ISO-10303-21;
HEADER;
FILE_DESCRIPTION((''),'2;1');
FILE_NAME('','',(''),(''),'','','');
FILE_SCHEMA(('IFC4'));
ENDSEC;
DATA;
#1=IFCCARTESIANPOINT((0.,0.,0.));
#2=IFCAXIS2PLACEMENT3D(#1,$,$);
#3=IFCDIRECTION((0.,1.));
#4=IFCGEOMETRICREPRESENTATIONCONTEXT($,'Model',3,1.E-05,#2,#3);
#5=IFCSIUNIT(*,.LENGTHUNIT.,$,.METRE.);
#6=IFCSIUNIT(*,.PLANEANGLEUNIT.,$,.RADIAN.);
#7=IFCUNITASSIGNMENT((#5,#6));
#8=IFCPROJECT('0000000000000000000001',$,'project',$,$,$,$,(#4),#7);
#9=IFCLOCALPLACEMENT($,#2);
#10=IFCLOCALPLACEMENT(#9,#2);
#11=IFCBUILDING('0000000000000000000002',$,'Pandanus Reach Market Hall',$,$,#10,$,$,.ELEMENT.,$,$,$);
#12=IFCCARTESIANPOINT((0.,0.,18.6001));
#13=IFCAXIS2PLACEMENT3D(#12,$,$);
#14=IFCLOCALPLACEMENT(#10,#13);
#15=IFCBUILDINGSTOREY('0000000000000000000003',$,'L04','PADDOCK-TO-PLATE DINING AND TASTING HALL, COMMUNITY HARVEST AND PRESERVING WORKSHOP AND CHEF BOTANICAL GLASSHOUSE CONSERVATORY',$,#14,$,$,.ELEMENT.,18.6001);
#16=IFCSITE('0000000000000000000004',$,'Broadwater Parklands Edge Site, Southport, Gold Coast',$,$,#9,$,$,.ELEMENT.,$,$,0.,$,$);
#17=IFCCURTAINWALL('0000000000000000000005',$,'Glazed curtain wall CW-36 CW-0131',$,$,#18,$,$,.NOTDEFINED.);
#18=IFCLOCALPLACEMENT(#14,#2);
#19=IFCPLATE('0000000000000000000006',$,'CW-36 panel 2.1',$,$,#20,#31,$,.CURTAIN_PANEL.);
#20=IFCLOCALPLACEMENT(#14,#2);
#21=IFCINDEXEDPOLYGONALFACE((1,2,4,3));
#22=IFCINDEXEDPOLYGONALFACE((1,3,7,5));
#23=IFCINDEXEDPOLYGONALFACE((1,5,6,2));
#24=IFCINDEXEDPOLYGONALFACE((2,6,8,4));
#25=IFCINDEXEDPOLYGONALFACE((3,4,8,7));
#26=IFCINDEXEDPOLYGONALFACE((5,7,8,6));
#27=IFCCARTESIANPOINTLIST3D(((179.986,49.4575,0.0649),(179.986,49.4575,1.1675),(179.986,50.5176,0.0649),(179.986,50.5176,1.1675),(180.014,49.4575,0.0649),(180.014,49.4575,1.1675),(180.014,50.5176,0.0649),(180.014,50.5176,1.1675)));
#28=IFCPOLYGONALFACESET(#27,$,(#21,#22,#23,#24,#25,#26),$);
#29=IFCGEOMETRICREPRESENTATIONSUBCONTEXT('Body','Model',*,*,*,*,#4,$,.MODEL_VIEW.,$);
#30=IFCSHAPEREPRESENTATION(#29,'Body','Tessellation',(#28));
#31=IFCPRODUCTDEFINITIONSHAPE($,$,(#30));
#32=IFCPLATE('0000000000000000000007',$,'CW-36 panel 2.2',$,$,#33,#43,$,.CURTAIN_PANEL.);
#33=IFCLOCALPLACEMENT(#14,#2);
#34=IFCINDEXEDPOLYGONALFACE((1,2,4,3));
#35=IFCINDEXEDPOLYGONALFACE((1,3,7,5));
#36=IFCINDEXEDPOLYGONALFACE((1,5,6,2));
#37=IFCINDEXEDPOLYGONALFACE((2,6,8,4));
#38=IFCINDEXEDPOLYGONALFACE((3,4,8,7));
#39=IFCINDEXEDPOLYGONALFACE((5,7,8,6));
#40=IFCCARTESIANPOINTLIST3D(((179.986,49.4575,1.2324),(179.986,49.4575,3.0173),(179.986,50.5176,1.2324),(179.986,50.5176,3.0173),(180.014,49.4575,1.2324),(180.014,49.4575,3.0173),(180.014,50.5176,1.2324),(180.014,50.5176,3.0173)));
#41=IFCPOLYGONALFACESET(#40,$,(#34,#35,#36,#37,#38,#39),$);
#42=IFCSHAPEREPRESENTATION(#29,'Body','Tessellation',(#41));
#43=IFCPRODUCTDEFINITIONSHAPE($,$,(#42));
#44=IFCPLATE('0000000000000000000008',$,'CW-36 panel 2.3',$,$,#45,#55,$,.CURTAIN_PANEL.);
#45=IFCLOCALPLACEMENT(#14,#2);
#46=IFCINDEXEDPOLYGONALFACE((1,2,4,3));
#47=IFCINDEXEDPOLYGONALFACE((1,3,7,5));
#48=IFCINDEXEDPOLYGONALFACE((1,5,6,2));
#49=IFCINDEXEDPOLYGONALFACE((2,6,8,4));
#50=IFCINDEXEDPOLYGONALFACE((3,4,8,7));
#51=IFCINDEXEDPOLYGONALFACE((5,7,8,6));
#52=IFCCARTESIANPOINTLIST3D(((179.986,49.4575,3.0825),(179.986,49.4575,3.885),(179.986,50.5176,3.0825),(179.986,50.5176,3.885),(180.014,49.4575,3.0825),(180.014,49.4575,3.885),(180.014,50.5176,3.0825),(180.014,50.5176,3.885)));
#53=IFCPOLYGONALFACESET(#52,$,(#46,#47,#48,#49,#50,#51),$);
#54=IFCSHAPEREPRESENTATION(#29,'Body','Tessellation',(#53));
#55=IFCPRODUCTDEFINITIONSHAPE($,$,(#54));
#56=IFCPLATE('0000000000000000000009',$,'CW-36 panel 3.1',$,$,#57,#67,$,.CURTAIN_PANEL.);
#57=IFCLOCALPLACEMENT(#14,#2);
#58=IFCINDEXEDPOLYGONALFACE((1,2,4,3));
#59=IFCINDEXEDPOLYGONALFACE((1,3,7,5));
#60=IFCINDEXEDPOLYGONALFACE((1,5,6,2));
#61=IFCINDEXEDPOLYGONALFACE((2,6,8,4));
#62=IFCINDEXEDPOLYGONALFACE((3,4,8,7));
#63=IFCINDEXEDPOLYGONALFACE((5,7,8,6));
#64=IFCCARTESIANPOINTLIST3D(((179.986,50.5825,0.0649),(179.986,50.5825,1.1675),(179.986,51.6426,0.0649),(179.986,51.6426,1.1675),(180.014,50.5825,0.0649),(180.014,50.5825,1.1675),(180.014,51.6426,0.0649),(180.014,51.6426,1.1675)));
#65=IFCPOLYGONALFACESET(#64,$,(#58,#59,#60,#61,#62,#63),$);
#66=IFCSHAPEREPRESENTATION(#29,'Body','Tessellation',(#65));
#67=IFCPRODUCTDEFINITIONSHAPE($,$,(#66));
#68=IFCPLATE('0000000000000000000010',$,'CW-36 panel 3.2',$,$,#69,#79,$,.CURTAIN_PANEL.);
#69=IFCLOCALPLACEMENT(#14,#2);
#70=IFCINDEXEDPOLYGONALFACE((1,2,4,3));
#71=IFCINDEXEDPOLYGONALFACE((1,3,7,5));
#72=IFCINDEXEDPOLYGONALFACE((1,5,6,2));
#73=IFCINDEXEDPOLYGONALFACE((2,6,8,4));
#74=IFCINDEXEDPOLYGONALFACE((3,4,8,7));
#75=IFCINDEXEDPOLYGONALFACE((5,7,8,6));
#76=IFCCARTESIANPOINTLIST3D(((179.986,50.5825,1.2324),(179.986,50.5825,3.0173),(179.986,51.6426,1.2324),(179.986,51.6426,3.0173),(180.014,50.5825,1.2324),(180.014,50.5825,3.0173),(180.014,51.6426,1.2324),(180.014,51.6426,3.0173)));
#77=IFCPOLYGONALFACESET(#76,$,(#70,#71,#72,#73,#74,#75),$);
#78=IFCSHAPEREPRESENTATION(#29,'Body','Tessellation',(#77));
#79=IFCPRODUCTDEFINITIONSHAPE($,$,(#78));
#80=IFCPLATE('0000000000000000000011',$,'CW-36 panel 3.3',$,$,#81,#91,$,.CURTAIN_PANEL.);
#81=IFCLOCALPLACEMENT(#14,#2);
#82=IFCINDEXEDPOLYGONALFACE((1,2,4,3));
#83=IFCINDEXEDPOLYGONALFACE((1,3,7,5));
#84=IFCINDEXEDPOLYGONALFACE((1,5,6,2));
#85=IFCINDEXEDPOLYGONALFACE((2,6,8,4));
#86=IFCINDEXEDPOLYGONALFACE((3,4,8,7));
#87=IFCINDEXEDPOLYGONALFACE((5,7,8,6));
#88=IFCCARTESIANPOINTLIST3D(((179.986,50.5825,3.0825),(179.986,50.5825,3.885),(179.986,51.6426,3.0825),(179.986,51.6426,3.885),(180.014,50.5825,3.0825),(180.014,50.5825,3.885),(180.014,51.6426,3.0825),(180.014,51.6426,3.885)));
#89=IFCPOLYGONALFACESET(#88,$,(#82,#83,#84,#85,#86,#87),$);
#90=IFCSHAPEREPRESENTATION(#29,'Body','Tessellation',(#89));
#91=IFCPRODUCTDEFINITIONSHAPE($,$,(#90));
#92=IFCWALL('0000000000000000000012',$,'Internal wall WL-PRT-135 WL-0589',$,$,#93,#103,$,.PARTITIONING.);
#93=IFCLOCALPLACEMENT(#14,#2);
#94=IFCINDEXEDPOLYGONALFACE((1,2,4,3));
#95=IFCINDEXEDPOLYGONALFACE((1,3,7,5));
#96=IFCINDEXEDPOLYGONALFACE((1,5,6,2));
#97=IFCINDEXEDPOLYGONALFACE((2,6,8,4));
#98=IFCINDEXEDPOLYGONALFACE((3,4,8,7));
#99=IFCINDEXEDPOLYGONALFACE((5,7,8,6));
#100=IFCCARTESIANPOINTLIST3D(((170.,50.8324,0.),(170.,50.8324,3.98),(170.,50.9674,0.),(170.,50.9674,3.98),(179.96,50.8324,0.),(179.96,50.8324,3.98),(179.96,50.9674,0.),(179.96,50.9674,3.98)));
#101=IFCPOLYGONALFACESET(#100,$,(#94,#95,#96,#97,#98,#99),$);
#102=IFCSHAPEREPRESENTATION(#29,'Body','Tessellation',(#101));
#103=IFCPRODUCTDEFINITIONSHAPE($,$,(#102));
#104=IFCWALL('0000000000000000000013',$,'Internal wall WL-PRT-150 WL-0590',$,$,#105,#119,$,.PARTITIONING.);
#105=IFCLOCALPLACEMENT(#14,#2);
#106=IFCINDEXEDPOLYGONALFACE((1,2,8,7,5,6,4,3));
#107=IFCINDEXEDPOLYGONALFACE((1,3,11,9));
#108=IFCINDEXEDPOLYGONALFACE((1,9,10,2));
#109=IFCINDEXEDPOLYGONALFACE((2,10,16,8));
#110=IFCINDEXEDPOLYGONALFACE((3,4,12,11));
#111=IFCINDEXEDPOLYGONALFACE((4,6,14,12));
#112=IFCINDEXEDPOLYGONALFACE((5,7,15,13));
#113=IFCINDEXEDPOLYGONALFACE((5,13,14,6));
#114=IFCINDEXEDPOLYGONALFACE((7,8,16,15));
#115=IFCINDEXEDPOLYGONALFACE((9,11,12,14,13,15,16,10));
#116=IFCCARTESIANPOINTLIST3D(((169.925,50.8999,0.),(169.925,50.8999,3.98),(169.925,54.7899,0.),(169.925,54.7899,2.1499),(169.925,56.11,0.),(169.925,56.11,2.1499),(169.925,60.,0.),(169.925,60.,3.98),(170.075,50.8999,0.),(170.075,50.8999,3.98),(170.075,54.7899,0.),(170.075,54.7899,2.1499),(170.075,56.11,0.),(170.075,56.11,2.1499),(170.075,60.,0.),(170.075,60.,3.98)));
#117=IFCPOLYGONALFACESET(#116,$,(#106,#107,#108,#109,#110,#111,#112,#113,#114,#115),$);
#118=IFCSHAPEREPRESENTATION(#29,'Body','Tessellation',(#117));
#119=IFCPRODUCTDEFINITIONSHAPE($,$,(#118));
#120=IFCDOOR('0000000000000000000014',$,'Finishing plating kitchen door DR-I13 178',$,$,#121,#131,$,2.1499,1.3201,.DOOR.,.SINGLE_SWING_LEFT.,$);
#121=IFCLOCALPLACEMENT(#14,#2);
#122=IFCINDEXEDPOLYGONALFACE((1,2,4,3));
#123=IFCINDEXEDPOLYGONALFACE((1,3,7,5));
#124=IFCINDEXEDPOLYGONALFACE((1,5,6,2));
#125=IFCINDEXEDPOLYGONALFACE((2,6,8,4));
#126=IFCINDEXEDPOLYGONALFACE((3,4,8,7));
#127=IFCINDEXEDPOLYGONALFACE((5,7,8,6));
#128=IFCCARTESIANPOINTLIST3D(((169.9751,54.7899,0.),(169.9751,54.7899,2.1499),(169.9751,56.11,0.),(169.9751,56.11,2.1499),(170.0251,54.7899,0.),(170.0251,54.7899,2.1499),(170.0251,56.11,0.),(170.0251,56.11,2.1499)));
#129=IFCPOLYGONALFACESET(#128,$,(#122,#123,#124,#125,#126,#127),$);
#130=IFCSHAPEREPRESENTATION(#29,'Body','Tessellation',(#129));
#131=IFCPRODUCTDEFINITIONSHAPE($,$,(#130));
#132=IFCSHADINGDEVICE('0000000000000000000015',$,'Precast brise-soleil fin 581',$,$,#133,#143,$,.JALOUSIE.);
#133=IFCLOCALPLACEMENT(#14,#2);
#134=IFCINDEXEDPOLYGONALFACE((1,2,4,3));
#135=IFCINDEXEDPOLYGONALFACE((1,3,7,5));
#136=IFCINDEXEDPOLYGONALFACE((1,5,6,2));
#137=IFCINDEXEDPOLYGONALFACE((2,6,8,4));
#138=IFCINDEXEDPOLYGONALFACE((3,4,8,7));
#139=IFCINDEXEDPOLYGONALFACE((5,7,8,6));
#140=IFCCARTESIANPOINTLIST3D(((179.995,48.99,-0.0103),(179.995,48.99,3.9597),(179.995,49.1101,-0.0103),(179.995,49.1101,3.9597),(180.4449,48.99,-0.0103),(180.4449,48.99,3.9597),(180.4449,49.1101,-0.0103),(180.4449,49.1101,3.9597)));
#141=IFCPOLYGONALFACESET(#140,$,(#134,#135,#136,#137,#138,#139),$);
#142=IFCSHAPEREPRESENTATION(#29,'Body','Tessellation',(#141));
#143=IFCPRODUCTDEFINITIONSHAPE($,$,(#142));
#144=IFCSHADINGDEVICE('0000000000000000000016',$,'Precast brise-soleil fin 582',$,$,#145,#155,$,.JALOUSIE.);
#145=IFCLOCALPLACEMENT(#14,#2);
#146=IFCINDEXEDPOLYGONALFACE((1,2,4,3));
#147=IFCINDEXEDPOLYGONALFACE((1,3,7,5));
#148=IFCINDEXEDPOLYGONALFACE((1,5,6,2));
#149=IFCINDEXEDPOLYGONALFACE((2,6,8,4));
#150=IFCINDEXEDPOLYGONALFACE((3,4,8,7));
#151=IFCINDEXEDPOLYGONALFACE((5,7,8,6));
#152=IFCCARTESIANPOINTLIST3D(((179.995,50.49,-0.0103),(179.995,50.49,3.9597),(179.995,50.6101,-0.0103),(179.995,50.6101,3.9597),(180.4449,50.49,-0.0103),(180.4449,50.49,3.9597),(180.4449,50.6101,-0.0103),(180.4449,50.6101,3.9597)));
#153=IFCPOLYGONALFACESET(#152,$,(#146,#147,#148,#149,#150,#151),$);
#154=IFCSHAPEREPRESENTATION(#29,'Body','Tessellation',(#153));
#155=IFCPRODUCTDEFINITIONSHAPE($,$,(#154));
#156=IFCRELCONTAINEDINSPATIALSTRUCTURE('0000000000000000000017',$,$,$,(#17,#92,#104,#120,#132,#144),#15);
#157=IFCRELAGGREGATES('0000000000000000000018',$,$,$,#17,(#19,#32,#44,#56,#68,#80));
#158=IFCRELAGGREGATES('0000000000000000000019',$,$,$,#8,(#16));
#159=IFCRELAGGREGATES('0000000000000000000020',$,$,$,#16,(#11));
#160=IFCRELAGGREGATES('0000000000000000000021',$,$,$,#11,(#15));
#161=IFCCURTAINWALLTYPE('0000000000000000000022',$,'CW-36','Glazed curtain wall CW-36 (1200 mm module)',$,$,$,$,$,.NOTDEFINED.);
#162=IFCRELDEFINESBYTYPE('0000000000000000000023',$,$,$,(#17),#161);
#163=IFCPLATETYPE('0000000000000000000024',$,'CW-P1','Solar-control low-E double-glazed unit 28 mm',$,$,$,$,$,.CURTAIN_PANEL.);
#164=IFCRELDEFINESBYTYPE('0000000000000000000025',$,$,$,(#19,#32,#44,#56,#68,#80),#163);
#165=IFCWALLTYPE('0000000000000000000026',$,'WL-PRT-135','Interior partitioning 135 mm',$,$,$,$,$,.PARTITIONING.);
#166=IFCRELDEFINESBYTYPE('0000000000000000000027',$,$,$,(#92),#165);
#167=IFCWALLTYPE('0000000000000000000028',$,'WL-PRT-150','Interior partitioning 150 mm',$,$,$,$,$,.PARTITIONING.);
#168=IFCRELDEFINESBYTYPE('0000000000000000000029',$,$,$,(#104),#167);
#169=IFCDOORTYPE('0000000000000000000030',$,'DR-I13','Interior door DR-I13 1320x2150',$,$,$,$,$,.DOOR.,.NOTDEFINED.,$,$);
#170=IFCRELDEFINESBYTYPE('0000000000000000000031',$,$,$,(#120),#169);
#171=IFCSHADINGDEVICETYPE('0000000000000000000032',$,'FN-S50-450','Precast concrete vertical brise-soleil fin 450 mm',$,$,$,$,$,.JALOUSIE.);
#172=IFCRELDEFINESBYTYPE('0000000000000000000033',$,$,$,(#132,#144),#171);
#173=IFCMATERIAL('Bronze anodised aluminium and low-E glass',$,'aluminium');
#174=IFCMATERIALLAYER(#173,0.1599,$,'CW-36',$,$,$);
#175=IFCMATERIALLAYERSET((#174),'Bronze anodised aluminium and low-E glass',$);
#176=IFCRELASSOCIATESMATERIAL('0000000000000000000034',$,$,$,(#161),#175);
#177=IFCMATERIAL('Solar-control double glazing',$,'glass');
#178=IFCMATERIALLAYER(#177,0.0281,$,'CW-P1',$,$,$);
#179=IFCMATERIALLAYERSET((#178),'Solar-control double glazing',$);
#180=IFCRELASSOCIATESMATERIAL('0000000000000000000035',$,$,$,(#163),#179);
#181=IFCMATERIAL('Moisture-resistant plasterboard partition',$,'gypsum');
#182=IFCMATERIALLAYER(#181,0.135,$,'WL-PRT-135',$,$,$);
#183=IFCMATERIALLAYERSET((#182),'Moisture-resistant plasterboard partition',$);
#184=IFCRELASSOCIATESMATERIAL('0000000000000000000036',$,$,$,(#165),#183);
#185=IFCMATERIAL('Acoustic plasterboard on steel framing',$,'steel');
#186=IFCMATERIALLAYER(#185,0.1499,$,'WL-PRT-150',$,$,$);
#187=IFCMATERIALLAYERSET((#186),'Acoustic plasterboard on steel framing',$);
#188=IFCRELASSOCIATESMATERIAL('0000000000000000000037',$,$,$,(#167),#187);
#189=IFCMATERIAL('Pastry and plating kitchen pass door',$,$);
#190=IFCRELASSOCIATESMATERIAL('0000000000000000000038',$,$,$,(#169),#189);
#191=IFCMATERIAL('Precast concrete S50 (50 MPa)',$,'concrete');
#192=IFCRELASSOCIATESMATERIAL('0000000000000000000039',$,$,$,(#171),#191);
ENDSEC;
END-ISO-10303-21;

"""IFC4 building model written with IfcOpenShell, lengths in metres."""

from ifc_helpers import new_model, si_unit, direction, frame, frame_2d, origin, origin_2d, place, context, subcontext, project, spatial, rectangle, extrude, material, layer, layer_set, type_object, element, fill, aggregate, save


model = new_model("IFC4")

# Units and contexts
model_context = context("Model", 3, precision=1e-05, world=origin(), true_north=direction((0.0, 1.0)))
body_context = subcontext(model_context, "Body", "Model", "MODEL_VIEW")
ifc_project = project(units=[si_unit("LENGTHUNIT", "METRE"), si_unit("PLANEANGLEUNIT", "RADIAN")], contexts=[model_context])

# Site, building, storey
site_placement = place(None, origin())
site = spatial("IfcSite", under=ifc_project, at=site_placement, Name="Broadwater Parklands Edge Site, Southport, Gold Coast", CompositionType="ELEMENT", RefElevation=0.0)
building_placement = place(site_placement, origin())
building = spatial("IfcBuilding", under=site, at=building_placement, Name="Pandanus Reach Market Hall", CompositionType="ELEMENT")
storey_placement = place(building_placement, frame((0.0, 0.0, 18.6001)))
storey = spatial("IfcBuildingStorey", under=building, at=storey_placement, Name="L04", Description="PADDOCK-TO-PLATE DINING AND TASTING HALL, COMMUNITY HARVEST AND PRESERVING WORKSHOP AND CHEF BOTANICAL GLASSHOUSE CONSERVATORY", CompositionType="ELEMENT", Elevation=18.6001)

# Curtain wall, plates
ifc_material_1 = material(Name="Bronze anodised aluminium and low-E glass", Category="aluminium")
ifc_layer_1 = layer(ifc_material_1, 0.1599, Name="CW-36")
ifc_layer_set_1 = layer_set([ifc_layer_1], Name="Bronze anodised aluminium and low-E glass")
curtain_wall_type = type_object("IfcCurtainWallType", Name="CW-36", Description="Glazed curtain wall CW-36 (1200 mm module)", PredefinedType="NOTDEFINED", material=ifc_layer_set_1)
curtain_wall_placement = place(storey_placement, origin())
curtain_wall = element("IfcCurtainWall", 1, at=curtain_wall_placement, inside=storey, type_object=curtain_wall_type, Name="Glazed curtain wall CW-36 CW-0131", PredefinedType="NOTDEFINED")
ifc_material_2 = material(Name="Solar-control double glazing", Category="glass")
ifc_layer_2 = layer(ifc_material_2, 0.0281, Name="CW-P1")
ifc_layer_set_2 = layer_set([ifc_layer_2], Name="Solar-control double glazing")
plate_type = type_object("IfcPlateType", Name="CW-P1", Description="Solar-control low-E double-glazed unit 28 mm", PredefinedType="CURTAIN_PANEL", material=ifc_layer_set_2)
plate_1_placement = place(storey_placement, frame((180.0, 49.9875, 0.0649), z_axis=(0.0, 0.0, 1.0), x_axis=(0.0, 1.0, 0.0)))
plate_1 = element("IfcPlate", 2, at=plate_1_placement, type_object=plate_type, Name="CW-36 panel 2.1", PredefinedType="CURTAIN_PANEL", context=body_context, shape_type="SweptSolid", body=[
    extrude(rectangle(XDim=1.0601, YDim=0.0281, at=origin_2d()), origin(), (0.0, 0.0, 1.0), 1.1025),
])
plate_2_placement = place(storey_placement, frame((180.0, 49.9875, 1.2324), z_axis=(0.0, 0.0, 1.0), x_axis=(0.0, 1.0, 0.0)))
plate_2 = element("IfcPlate", 3, at=plate_2_placement, type_object=plate_type, Name="CW-36 panel 2.2", PredefinedType="CURTAIN_PANEL", context=body_context, shape_type="SweptSolid", body=[
    extrude(rectangle(XDim=1.0601, YDim=0.0281, at=origin_2d()), origin(), (0.0, 0.0, 1.0), 1.7849),
])
plate_3_placement = place(storey_placement, frame((180.0, 49.9875, 3.0825), z_axis=(0.0, 0.0, 1.0), x_axis=(0.0, 1.0, 0.0)))
plate_3 = element("IfcPlate", 4, at=plate_3_placement, type_object=plate_type, Name="CW-36 panel 2.3", PredefinedType="CURTAIN_PANEL", context=body_context, shape_type="SweptSolid", body=[
    extrude(rectangle(XDim=1.0601, YDim=0.0281, at=origin_2d()), origin(), (0.0, 0.0, 1.0), 0.8025),
])
plate_4_placement = place(storey_placement, frame((180.0, 51.1125, 0.0649), z_axis=(0.0, 0.0, 1.0), x_axis=(0.0, 1.0, 0.0)))
plate_4 = element("IfcPlate", 5, at=plate_4_placement, type_object=plate_type, Name="CW-36 panel 3.1", PredefinedType="CURTAIN_PANEL", context=body_context, shape_type="SweptSolid", body=[
    extrude(rectangle(XDim=1.0601, YDim=0.0281, at=origin_2d()), origin(), (0.0, 0.0, 1.0), 1.1025),
])
plate_5_placement = place(storey_placement, frame((180.0, 51.1125, 1.2324), z_axis=(0.0, 0.0, 1.0), x_axis=(0.0, 1.0, 0.0)))
plate_5 = element("IfcPlate", 6, at=plate_5_placement, type_object=plate_type, Name="CW-36 panel 3.2", PredefinedType="CURTAIN_PANEL", context=body_context, shape_type="SweptSolid", body=[
    extrude(rectangle(XDim=1.0601, YDim=0.0281, at=origin_2d()), origin(), (0.0, 0.0, 1.0), 1.7849),
])
plate_6_placement = place(storey_placement, frame((180.0, 51.1125, 3.0825), z_axis=(0.0, 0.0, 1.0), x_axis=(0.0, 1.0, 0.0)))
plate_6 = element("IfcPlate", 7, at=plate_6_placement, type_object=plate_type, Name="CW-36 panel 3.3", PredefinedType="CURTAIN_PANEL", context=body_context, shape_type="SweptSolid", body=[
    extrude(rectangle(XDim=1.0601, YDim=0.0281, at=origin_2d()), origin(), (0.0, 0.0, 1.0), 0.8025),
])
aggregate(curtain_wall, [plate_1, plate_2, plate_3, plate_4, plate_5, plate_6])

# Wall
ifc_material_3 = material(Name="Moisture-resistant plasterboard partition", Category="gypsum")
ifc_layer_3 = layer(ifc_material_3, 0.135, Name="WL-PRT-135")
ifc_layer_set_3 = layer_set([ifc_layer_3], Name="Moisture-resistant plasterboard partition")
wall_type_1 = type_object("IfcWallType", Name="WL-PRT-135", Description="Interior partitioning 135 mm", PredefinedType="PARTITIONING", material=ifc_layer_set_3)
wall_1_placement = place(storey_placement, frame((170.0, 50.8999, 0.0), z_axis=(0.0, 0.0, 1.0), x_axis=(1.0, 0.0, 0.0)))
element("IfcWall", 8, at=wall_1_placement, inside=storey, type_object=wall_type_1, Name="Internal wall WL-PRT-135 WL-0589", PredefinedType="PARTITIONING", context=body_context, shape_type="SweptSolid", body=[
    extrude(rectangle(XDim=9.96, YDim=0.135, at=frame_2d((4.98, 0.0))), origin(), (0.0, 0.0, 1.0), 3.98),
])

# Wall, opening, door
ifc_material_4 = material(Name="Acoustic plasterboard on steel framing", Category="steel")
ifc_layer_4 = layer(ifc_material_4, 0.1499, Name="WL-PRT-150")
ifc_layer_set_4 = layer_set([ifc_layer_4], Name="Acoustic plasterboard on steel framing")
wall_type_2 = type_object("IfcWallType", Name="WL-PRT-150", Description="Interior partitioning 150 mm", PredefinedType="PARTITIONING", material=ifc_layer_set_4)
wall_2_placement = place(storey_placement, frame((170.0, 50.8999, 0.0), z_axis=(0.0, 0.0, 1.0), x_axis=(0.0, 1.0, 0.0)))
wall_2 = element("IfcWall", 9, at=wall_2_placement, inside=storey, type_object=wall_type_2, Name="Internal wall WL-PRT-150 WL-0590", PredefinedType="PARTITIONING", context=body_context, shape_type="SweptSolid", body=[
    extrude(rectangle(XDim=9.1001, YDim=0.1499, at=frame_2d((4.55, 0.0))), origin(), (0.0, 0.0, 1.0), 3.98),
])
opening_placement = place(wall_2_placement, frame((3.8899, 0.0, 0.0)))
opening = element("IfcOpeningElement", 10, at=opening_placement, cuts=wall_2, PredefinedType="OPENING", context=body_context, shape_type="SweptSolid", body=[
    extrude(rectangle(XDim=1.3201, YDim=2.1499, at=frame_2d((0.6602, 1.075))), frame((0.0, 0.0898, 0.0), z_axis=(0.0, -1.0, 0.0), x_axis=(1.0, 0.0, 0.0)), (0.0, 0.0, 1.0), 0.1799),
])
ifc_material_5 = material(Name="Pastry and plating kitchen pass door")
door_type = type_object("IfcDoorType", Name="DR-I13", Description="Interior door DR-I13 1320x2150", OperationType="NOTDEFINED", PredefinedType="DOOR", material=ifc_material_5)
door_placement = place(opening_placement, origin())
door = element("IfcDoor", 11, at=door_placement, inside=storey, type_object=door_type, Name="Finishing plating kitchen door DR-I13 178", OperationType="SINGLE_SWING_LEFT", OverallHeight=2.1499, OverallWidth=1.3201, PredefinedType="DOOR", context=body_context, shape_type="SweptSolid", body=[
    extrude(rectangle(XDim=1.3201, YDim=2.1499, at=frame_2d((0.6602, 1.075))), frame((0.0, 0.0249, 0.0), z_axis=(0.0, -1.0, 0.0), x_axis=(1.0, 0.0, 0.0)), (0.0, 0.0, 1.0), 0.05),
])
fill(opening, door)

# Shading devices
ifc_material_6 = material(Name="Precast concrete S50 (50 MPa)", Category="concrete")
shading_device_type = type_object("IfcShadingDeviceType", Name="FN-S50-450", Description="Precast concrete vertical brise-soleil fin 450 mm", PredefinedType="JALOUSIE", material=ifc_material_6)
for number, where, z_axis, x_axis, name in (
    (12, (180.22, 49.05, -0.0103), (0.0, 0.0, 1.0), (1.0, 0.0, 0.0), "Precast brise-soleil fin 581"),
    (13, (180.22, 50.55, -0.0103), (0.0, 0.0, 1.0), (1.0, 0.0, 0.0), "Precast brise-soleil fin 582"),
):
    element("IfcShadingDevice", number, at=place(storey_placement, frame(where, z_axis=z_axis, x_axis=x_axis)), inside=storey, type_object=shading_device_type, Name=name, PredefinedType="JALOUSIE", context=body_context, shape_type="SweptSolid", body=[
        extrude(rectangle(XDim=0.45, YDim=0.1201, at=origin_2d()), origin(), (0.0, 0.0, 1.0), 3.97),
    ])

save(model, "model.ifc")
